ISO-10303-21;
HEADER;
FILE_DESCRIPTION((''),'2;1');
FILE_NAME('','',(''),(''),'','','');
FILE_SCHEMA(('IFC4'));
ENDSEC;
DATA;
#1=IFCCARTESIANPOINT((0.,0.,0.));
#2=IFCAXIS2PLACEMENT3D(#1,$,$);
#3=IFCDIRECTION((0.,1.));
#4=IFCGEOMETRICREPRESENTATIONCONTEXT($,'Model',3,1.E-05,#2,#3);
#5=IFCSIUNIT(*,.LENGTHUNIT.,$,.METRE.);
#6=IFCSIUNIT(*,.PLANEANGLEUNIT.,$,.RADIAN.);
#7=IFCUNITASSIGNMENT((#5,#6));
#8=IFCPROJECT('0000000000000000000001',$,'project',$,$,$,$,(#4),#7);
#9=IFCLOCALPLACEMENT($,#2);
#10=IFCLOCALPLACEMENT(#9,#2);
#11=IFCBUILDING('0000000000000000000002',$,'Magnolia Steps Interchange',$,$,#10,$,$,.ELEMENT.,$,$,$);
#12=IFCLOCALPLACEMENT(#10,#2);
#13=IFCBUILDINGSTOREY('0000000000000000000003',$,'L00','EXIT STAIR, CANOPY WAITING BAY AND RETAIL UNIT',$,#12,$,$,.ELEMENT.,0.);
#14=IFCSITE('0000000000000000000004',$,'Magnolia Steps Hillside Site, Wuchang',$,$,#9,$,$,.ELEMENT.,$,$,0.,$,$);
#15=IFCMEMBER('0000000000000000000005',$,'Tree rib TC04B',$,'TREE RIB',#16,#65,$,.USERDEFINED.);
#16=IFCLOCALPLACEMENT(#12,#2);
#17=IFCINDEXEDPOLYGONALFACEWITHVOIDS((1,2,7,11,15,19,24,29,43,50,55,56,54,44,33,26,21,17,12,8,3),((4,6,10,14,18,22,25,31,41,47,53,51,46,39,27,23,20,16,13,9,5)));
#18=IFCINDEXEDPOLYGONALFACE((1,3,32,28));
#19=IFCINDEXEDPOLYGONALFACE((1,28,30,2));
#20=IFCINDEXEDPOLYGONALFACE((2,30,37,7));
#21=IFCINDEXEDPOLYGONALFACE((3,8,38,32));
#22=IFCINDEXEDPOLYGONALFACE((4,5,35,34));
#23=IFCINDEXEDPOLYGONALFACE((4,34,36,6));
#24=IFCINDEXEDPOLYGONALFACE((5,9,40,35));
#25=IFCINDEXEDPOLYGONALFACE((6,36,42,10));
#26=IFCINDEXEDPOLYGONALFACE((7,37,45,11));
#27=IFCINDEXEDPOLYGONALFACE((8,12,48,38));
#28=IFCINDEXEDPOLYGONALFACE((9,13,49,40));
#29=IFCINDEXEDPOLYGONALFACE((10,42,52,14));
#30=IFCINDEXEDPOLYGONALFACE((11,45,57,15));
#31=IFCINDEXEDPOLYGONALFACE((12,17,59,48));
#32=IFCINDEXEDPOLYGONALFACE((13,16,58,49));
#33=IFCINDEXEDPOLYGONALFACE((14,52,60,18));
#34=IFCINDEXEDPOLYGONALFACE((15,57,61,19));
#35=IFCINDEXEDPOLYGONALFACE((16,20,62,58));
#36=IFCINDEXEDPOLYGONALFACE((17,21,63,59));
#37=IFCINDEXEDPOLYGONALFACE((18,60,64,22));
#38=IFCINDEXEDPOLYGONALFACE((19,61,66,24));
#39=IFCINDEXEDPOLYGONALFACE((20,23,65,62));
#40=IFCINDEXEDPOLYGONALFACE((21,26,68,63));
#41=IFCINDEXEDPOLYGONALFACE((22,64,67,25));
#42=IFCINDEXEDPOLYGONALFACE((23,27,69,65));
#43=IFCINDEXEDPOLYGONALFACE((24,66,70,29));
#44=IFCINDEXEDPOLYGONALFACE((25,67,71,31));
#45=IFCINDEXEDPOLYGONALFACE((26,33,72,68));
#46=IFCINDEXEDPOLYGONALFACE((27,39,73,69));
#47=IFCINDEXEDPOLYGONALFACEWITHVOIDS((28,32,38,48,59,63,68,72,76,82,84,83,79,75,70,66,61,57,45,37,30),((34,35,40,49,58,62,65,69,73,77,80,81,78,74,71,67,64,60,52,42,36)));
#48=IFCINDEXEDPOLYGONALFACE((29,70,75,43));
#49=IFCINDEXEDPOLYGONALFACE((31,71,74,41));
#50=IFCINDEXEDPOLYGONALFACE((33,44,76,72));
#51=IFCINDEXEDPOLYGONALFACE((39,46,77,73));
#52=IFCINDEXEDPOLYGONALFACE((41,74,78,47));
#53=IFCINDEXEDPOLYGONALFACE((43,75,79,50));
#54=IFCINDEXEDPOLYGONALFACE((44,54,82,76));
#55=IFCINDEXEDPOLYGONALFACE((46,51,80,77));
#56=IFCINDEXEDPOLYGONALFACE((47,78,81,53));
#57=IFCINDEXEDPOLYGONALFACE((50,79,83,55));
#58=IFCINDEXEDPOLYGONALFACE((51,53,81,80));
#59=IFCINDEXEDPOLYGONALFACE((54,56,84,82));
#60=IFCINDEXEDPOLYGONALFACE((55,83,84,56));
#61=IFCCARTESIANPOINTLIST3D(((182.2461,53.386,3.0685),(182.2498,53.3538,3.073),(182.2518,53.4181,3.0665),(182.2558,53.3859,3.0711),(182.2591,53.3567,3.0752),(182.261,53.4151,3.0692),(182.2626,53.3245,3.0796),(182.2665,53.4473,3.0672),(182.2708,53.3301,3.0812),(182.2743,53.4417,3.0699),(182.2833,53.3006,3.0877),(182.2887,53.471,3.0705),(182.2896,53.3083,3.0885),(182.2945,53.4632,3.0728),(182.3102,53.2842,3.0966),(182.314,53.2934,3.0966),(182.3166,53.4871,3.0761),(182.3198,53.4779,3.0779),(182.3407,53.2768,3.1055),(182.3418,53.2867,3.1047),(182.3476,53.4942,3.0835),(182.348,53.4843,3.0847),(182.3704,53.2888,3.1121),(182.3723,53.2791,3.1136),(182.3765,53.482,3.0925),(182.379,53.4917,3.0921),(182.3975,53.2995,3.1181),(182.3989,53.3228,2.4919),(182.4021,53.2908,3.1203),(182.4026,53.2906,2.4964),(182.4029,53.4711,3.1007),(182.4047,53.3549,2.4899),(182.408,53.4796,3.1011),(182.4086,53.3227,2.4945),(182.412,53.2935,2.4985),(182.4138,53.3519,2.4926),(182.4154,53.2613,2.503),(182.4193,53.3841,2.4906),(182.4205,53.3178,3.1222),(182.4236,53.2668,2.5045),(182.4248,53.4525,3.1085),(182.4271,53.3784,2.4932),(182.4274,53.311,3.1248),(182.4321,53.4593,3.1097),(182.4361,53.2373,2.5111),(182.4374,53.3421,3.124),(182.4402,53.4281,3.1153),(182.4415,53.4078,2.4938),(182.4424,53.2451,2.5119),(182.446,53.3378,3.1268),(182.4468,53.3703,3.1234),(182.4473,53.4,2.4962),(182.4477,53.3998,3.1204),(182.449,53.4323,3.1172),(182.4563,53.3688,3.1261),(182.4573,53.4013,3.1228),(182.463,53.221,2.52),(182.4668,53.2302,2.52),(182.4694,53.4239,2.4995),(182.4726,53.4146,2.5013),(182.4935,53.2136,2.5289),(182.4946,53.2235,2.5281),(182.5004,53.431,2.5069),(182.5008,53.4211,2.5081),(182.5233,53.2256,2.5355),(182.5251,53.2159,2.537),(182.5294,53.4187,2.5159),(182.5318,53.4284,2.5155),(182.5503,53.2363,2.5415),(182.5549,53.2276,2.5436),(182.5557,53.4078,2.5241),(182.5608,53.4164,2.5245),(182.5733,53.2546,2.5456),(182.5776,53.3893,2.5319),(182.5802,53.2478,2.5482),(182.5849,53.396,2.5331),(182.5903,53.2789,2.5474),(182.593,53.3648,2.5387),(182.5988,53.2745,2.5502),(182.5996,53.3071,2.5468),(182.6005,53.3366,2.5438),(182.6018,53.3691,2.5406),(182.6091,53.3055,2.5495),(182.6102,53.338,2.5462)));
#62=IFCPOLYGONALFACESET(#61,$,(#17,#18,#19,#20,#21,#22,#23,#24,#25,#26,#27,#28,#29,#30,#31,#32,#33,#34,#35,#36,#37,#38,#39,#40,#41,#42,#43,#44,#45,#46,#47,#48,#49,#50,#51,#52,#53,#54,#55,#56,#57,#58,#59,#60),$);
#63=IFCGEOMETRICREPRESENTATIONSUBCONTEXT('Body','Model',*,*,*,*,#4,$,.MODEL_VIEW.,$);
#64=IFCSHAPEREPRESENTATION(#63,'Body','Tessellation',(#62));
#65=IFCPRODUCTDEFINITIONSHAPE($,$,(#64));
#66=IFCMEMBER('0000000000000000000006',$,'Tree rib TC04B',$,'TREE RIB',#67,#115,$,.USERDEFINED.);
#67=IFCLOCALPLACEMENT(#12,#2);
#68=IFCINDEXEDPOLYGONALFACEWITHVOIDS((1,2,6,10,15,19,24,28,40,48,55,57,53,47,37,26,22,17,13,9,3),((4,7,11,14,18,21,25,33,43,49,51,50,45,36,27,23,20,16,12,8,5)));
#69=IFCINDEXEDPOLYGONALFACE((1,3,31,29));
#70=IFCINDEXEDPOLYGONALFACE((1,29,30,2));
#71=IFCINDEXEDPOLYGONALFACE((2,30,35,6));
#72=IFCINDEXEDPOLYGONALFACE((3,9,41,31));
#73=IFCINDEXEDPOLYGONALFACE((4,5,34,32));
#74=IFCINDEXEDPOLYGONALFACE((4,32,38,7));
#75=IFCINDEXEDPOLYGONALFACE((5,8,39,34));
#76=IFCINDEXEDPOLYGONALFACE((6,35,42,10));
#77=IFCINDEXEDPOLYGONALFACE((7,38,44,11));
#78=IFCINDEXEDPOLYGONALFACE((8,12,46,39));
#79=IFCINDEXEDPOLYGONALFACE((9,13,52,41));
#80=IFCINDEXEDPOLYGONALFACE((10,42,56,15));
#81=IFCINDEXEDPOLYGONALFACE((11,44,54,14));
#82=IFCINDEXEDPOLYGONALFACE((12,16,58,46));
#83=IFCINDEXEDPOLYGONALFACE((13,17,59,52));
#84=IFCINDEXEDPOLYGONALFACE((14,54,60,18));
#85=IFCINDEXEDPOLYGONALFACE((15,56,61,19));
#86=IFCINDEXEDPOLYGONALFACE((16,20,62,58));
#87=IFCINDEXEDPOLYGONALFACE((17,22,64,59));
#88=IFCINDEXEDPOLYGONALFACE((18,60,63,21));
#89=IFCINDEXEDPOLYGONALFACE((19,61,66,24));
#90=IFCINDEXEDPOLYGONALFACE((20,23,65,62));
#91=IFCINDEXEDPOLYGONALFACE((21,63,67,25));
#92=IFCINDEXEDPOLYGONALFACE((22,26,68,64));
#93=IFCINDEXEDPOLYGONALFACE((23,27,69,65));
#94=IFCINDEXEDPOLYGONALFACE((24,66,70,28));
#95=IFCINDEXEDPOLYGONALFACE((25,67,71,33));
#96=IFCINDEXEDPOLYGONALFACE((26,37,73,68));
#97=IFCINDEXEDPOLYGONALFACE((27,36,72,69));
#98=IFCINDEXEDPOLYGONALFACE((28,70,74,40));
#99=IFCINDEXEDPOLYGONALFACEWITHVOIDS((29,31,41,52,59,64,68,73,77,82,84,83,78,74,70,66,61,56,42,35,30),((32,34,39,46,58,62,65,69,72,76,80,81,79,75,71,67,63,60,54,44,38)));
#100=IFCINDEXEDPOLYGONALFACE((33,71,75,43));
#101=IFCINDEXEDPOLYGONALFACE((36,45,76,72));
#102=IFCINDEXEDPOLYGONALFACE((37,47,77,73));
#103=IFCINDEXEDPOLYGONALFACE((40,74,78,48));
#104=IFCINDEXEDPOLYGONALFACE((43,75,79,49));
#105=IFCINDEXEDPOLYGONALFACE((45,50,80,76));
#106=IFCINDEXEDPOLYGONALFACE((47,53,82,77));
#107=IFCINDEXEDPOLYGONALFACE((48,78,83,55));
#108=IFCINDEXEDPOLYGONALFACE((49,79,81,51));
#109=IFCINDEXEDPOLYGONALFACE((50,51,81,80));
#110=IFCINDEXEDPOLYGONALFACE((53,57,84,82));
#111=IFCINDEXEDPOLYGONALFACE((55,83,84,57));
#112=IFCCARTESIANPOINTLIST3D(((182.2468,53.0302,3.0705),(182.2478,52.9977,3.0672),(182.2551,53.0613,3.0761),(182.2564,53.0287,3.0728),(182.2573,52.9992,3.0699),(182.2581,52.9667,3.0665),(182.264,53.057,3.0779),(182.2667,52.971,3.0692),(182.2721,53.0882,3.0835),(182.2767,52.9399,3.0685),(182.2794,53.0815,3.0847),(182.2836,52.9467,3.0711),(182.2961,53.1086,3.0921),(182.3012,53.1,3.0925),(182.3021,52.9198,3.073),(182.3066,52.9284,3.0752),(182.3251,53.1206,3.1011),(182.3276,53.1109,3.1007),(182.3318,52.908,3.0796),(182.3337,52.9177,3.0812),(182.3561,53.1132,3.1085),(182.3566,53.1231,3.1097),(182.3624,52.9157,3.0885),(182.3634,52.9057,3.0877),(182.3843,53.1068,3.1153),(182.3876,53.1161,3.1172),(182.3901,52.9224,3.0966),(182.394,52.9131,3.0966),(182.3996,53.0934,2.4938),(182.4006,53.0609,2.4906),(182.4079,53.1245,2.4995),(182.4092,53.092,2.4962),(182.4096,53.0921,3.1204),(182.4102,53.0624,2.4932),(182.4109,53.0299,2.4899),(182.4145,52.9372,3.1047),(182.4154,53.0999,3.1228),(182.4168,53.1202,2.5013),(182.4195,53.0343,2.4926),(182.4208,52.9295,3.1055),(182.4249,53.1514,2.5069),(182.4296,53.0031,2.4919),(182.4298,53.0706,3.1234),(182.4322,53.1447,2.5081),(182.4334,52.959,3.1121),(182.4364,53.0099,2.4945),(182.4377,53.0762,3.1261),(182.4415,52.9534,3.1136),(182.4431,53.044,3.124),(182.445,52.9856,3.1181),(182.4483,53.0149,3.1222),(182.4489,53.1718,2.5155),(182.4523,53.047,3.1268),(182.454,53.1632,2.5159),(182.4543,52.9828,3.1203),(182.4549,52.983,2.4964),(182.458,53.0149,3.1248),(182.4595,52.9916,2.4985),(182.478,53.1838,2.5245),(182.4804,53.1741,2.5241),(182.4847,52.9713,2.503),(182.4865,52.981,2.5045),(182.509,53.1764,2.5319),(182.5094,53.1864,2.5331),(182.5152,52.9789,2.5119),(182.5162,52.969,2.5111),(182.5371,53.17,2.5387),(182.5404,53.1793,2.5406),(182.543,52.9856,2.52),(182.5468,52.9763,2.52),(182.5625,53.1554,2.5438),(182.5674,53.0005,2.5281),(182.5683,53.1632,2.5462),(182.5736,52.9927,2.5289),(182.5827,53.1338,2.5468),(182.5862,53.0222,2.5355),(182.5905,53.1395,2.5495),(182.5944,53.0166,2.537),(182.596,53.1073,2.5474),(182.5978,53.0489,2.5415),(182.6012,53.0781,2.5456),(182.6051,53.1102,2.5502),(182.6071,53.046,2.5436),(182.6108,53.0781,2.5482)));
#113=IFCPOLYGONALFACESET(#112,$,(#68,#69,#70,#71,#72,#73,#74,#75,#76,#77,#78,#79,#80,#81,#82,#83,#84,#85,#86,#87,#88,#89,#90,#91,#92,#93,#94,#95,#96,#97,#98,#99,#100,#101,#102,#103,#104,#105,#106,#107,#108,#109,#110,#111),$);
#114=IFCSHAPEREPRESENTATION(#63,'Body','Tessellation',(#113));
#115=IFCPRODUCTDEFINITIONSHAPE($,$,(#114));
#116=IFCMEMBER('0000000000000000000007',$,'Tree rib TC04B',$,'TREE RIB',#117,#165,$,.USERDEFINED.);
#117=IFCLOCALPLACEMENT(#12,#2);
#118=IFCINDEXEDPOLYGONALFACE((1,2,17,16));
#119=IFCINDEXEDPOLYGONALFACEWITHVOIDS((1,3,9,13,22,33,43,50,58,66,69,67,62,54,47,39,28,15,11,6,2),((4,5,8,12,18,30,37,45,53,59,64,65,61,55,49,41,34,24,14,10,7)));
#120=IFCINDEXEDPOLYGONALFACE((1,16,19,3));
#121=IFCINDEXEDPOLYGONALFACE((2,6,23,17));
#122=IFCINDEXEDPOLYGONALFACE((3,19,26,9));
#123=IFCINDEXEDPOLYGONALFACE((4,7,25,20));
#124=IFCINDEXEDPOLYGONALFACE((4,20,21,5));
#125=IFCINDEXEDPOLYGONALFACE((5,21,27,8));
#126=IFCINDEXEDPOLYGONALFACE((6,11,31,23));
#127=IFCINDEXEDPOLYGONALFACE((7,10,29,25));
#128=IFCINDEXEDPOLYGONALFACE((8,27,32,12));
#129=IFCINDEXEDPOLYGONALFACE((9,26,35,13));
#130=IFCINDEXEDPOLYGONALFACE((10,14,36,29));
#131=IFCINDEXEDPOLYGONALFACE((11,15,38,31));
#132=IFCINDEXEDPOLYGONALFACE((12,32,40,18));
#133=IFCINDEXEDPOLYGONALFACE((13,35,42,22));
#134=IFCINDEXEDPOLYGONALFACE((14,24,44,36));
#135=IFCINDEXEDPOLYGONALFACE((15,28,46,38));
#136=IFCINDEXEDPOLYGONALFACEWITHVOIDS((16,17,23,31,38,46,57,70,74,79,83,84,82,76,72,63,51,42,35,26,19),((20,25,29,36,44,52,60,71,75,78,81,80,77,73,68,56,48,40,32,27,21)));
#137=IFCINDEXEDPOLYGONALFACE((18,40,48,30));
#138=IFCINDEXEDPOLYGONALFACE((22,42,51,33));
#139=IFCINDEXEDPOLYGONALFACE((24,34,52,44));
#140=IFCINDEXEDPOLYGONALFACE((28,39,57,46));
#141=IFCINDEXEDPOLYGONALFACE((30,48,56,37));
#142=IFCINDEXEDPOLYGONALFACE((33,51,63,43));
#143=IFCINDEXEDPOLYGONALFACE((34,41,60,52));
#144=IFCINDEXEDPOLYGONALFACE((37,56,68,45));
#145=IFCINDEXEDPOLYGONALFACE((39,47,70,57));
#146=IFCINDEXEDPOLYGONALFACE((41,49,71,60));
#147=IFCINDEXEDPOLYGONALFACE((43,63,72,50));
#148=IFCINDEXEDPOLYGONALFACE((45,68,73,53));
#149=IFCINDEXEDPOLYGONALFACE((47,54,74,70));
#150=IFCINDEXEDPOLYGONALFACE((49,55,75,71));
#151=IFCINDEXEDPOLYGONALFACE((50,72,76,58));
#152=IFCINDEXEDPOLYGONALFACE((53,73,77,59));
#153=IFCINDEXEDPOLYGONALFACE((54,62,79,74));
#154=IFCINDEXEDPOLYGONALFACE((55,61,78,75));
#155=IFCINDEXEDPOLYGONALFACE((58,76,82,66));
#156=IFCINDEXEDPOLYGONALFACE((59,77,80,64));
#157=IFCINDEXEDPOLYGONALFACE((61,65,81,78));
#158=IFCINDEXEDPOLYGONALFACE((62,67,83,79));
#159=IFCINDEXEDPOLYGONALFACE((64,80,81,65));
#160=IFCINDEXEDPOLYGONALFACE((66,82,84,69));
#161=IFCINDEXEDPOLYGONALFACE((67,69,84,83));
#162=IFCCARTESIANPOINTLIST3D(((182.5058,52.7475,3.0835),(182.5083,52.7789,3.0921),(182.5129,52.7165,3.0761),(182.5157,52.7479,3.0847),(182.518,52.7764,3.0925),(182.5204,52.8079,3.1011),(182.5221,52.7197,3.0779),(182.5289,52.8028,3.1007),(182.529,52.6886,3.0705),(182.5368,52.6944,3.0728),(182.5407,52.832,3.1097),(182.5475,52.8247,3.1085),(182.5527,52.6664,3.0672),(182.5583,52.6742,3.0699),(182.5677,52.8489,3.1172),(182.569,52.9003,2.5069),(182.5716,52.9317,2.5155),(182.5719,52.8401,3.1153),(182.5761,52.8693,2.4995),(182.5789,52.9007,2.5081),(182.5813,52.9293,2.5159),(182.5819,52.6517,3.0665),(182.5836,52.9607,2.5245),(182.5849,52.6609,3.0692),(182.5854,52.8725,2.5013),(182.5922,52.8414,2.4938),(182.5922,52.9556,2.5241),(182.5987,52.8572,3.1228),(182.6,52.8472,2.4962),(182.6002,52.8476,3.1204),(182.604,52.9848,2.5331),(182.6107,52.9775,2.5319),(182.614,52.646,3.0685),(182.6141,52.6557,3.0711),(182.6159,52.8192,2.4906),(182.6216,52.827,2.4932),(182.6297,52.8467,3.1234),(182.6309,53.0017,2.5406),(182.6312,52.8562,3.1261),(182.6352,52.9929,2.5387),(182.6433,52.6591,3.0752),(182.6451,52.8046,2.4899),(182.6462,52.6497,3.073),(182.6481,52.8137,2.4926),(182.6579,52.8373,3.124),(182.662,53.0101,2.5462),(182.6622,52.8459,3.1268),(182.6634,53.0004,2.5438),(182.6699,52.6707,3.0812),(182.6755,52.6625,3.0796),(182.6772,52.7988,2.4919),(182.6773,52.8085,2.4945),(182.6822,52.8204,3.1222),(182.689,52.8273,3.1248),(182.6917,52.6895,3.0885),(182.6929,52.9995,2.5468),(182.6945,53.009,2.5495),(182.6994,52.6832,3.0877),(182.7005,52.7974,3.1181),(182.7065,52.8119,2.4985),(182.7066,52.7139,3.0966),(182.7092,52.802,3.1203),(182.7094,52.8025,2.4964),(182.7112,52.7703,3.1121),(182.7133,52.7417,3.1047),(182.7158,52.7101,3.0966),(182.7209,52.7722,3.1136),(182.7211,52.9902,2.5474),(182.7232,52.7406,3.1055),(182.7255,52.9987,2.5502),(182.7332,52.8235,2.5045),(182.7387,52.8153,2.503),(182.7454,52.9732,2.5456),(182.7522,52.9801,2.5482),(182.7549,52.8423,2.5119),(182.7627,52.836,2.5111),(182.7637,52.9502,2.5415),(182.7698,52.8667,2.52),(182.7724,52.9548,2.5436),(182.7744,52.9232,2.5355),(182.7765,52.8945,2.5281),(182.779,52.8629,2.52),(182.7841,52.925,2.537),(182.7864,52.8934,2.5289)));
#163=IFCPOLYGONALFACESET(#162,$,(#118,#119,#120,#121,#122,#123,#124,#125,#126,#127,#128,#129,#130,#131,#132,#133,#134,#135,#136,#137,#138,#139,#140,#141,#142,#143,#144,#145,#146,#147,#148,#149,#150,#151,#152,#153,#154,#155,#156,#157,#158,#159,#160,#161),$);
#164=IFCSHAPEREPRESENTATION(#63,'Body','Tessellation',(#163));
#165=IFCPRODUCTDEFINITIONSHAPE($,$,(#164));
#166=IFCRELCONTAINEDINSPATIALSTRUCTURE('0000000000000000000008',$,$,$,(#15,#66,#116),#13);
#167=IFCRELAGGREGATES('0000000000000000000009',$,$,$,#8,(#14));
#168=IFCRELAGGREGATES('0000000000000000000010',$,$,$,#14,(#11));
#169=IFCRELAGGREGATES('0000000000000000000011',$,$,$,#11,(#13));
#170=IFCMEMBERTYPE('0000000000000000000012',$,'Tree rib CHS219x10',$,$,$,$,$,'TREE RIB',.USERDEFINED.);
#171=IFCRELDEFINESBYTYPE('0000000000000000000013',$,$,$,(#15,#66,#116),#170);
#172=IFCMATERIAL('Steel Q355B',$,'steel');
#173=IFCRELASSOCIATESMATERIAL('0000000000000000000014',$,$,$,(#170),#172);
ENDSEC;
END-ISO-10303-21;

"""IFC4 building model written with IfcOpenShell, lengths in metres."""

from ifc_helpers import new_model, si_unit, direction, frame, origin, origin_2d, place, context, subcontext, project, spatial, hollow_circle, extrude, material, material_profile, profile_set, type_object, element, save


model = new_model("IFC4")

# Units and contexts
model_context = context("Model", 3, precision=1e-05, world=origin(), true_north=direction((0.0, 1.0)))
body_context = subcontext(model_context, "Body", "Model", "MODEL_VIEW")
ifc_project = project(units=[si_unit("LENGTHUNIT", "METRE"), si_unit("PLANEANGLEUNIT", "RADIAN")], contexts=[model_context])

# Site, building, storey
site_placement = place(None, origin())
site = spatial("IfcSite", under=ifc_project, at=site_placement, Name="Magnolia Steps Hillside Site, Wuchang", CompositionType="ELEMENT", RefElevation=0.0)
building_placement = place(site_placement, origin())
building = spatial("IfcBuilding", under=site, at=building_placement, Name="Magnolia Steps Interchange", CompositionType="ELEMENT")
storey_placement = place(building_placement, origin())
storey = spatial("IfcBuildingStorey", under=building, at=storey_placement, Name="L00", Description="EXIT STAIR, CANOPY WAITING BAY AND RETAIL UNIT", CompositionType="ELEMENT", Elevation=0.0)

# Members
ifc_material_1 = material(Name="Steel Q355B", Category="steel")
ifc_material_profile_1 = material_profile(ifc_material_1, hollow_circle(Radius=0.1096, WallThickness=0.01, at=origin_2d()), Name="CHS219x10")
ifc_profile_set_1 = profile_set([ifc_material_profile_1], Name="Steel Q355B")
member_type = type_object("IfcMemberType", Name="Tree rib CHS219x10", ElementType="TREE RIB", PredefinedType="USERDEFINED", material=ifc_profile_set_1)
for number, where, z_axis, x_axis, name in (
    (1, (182.5049, 53.3223, 2.52), (-0.254758, 0.105403, 0.961243), (-0.382308, -0.924035, 0.0), "Tree rib TC04B"),
    (2, (182.5049, 53.0776, 2.52), (-0.254758, -0.105403, 0.961243), (0.382308, -0.924035, 0.0), "Tree rib TC04B"),
    (3, (182.6777, 52.9048, 2.52), (-0.105403, -0.254758, 0.961243), (0.924035, -0.382308, 0.0), "Tree rib TC04B"),
):
    element("IfcMember", number, at=place(storey_placement, frame(where, z_axis=z_axis, x_axis=x_axis)), inside=storey, type_object=member_type, Name=name, ObjectType="TREE RIB", PredefinedType="USERDEFINED", context=body_context, shape_type="SweptSolid", body=[
        extrude(hollow_circle(Radius=0.1096, WallThickness=0.01, at=origin_2d()), origin(), (0.0, 0.0, 1.0), 0.5999),
    ])

save(model, "model.ifc")
